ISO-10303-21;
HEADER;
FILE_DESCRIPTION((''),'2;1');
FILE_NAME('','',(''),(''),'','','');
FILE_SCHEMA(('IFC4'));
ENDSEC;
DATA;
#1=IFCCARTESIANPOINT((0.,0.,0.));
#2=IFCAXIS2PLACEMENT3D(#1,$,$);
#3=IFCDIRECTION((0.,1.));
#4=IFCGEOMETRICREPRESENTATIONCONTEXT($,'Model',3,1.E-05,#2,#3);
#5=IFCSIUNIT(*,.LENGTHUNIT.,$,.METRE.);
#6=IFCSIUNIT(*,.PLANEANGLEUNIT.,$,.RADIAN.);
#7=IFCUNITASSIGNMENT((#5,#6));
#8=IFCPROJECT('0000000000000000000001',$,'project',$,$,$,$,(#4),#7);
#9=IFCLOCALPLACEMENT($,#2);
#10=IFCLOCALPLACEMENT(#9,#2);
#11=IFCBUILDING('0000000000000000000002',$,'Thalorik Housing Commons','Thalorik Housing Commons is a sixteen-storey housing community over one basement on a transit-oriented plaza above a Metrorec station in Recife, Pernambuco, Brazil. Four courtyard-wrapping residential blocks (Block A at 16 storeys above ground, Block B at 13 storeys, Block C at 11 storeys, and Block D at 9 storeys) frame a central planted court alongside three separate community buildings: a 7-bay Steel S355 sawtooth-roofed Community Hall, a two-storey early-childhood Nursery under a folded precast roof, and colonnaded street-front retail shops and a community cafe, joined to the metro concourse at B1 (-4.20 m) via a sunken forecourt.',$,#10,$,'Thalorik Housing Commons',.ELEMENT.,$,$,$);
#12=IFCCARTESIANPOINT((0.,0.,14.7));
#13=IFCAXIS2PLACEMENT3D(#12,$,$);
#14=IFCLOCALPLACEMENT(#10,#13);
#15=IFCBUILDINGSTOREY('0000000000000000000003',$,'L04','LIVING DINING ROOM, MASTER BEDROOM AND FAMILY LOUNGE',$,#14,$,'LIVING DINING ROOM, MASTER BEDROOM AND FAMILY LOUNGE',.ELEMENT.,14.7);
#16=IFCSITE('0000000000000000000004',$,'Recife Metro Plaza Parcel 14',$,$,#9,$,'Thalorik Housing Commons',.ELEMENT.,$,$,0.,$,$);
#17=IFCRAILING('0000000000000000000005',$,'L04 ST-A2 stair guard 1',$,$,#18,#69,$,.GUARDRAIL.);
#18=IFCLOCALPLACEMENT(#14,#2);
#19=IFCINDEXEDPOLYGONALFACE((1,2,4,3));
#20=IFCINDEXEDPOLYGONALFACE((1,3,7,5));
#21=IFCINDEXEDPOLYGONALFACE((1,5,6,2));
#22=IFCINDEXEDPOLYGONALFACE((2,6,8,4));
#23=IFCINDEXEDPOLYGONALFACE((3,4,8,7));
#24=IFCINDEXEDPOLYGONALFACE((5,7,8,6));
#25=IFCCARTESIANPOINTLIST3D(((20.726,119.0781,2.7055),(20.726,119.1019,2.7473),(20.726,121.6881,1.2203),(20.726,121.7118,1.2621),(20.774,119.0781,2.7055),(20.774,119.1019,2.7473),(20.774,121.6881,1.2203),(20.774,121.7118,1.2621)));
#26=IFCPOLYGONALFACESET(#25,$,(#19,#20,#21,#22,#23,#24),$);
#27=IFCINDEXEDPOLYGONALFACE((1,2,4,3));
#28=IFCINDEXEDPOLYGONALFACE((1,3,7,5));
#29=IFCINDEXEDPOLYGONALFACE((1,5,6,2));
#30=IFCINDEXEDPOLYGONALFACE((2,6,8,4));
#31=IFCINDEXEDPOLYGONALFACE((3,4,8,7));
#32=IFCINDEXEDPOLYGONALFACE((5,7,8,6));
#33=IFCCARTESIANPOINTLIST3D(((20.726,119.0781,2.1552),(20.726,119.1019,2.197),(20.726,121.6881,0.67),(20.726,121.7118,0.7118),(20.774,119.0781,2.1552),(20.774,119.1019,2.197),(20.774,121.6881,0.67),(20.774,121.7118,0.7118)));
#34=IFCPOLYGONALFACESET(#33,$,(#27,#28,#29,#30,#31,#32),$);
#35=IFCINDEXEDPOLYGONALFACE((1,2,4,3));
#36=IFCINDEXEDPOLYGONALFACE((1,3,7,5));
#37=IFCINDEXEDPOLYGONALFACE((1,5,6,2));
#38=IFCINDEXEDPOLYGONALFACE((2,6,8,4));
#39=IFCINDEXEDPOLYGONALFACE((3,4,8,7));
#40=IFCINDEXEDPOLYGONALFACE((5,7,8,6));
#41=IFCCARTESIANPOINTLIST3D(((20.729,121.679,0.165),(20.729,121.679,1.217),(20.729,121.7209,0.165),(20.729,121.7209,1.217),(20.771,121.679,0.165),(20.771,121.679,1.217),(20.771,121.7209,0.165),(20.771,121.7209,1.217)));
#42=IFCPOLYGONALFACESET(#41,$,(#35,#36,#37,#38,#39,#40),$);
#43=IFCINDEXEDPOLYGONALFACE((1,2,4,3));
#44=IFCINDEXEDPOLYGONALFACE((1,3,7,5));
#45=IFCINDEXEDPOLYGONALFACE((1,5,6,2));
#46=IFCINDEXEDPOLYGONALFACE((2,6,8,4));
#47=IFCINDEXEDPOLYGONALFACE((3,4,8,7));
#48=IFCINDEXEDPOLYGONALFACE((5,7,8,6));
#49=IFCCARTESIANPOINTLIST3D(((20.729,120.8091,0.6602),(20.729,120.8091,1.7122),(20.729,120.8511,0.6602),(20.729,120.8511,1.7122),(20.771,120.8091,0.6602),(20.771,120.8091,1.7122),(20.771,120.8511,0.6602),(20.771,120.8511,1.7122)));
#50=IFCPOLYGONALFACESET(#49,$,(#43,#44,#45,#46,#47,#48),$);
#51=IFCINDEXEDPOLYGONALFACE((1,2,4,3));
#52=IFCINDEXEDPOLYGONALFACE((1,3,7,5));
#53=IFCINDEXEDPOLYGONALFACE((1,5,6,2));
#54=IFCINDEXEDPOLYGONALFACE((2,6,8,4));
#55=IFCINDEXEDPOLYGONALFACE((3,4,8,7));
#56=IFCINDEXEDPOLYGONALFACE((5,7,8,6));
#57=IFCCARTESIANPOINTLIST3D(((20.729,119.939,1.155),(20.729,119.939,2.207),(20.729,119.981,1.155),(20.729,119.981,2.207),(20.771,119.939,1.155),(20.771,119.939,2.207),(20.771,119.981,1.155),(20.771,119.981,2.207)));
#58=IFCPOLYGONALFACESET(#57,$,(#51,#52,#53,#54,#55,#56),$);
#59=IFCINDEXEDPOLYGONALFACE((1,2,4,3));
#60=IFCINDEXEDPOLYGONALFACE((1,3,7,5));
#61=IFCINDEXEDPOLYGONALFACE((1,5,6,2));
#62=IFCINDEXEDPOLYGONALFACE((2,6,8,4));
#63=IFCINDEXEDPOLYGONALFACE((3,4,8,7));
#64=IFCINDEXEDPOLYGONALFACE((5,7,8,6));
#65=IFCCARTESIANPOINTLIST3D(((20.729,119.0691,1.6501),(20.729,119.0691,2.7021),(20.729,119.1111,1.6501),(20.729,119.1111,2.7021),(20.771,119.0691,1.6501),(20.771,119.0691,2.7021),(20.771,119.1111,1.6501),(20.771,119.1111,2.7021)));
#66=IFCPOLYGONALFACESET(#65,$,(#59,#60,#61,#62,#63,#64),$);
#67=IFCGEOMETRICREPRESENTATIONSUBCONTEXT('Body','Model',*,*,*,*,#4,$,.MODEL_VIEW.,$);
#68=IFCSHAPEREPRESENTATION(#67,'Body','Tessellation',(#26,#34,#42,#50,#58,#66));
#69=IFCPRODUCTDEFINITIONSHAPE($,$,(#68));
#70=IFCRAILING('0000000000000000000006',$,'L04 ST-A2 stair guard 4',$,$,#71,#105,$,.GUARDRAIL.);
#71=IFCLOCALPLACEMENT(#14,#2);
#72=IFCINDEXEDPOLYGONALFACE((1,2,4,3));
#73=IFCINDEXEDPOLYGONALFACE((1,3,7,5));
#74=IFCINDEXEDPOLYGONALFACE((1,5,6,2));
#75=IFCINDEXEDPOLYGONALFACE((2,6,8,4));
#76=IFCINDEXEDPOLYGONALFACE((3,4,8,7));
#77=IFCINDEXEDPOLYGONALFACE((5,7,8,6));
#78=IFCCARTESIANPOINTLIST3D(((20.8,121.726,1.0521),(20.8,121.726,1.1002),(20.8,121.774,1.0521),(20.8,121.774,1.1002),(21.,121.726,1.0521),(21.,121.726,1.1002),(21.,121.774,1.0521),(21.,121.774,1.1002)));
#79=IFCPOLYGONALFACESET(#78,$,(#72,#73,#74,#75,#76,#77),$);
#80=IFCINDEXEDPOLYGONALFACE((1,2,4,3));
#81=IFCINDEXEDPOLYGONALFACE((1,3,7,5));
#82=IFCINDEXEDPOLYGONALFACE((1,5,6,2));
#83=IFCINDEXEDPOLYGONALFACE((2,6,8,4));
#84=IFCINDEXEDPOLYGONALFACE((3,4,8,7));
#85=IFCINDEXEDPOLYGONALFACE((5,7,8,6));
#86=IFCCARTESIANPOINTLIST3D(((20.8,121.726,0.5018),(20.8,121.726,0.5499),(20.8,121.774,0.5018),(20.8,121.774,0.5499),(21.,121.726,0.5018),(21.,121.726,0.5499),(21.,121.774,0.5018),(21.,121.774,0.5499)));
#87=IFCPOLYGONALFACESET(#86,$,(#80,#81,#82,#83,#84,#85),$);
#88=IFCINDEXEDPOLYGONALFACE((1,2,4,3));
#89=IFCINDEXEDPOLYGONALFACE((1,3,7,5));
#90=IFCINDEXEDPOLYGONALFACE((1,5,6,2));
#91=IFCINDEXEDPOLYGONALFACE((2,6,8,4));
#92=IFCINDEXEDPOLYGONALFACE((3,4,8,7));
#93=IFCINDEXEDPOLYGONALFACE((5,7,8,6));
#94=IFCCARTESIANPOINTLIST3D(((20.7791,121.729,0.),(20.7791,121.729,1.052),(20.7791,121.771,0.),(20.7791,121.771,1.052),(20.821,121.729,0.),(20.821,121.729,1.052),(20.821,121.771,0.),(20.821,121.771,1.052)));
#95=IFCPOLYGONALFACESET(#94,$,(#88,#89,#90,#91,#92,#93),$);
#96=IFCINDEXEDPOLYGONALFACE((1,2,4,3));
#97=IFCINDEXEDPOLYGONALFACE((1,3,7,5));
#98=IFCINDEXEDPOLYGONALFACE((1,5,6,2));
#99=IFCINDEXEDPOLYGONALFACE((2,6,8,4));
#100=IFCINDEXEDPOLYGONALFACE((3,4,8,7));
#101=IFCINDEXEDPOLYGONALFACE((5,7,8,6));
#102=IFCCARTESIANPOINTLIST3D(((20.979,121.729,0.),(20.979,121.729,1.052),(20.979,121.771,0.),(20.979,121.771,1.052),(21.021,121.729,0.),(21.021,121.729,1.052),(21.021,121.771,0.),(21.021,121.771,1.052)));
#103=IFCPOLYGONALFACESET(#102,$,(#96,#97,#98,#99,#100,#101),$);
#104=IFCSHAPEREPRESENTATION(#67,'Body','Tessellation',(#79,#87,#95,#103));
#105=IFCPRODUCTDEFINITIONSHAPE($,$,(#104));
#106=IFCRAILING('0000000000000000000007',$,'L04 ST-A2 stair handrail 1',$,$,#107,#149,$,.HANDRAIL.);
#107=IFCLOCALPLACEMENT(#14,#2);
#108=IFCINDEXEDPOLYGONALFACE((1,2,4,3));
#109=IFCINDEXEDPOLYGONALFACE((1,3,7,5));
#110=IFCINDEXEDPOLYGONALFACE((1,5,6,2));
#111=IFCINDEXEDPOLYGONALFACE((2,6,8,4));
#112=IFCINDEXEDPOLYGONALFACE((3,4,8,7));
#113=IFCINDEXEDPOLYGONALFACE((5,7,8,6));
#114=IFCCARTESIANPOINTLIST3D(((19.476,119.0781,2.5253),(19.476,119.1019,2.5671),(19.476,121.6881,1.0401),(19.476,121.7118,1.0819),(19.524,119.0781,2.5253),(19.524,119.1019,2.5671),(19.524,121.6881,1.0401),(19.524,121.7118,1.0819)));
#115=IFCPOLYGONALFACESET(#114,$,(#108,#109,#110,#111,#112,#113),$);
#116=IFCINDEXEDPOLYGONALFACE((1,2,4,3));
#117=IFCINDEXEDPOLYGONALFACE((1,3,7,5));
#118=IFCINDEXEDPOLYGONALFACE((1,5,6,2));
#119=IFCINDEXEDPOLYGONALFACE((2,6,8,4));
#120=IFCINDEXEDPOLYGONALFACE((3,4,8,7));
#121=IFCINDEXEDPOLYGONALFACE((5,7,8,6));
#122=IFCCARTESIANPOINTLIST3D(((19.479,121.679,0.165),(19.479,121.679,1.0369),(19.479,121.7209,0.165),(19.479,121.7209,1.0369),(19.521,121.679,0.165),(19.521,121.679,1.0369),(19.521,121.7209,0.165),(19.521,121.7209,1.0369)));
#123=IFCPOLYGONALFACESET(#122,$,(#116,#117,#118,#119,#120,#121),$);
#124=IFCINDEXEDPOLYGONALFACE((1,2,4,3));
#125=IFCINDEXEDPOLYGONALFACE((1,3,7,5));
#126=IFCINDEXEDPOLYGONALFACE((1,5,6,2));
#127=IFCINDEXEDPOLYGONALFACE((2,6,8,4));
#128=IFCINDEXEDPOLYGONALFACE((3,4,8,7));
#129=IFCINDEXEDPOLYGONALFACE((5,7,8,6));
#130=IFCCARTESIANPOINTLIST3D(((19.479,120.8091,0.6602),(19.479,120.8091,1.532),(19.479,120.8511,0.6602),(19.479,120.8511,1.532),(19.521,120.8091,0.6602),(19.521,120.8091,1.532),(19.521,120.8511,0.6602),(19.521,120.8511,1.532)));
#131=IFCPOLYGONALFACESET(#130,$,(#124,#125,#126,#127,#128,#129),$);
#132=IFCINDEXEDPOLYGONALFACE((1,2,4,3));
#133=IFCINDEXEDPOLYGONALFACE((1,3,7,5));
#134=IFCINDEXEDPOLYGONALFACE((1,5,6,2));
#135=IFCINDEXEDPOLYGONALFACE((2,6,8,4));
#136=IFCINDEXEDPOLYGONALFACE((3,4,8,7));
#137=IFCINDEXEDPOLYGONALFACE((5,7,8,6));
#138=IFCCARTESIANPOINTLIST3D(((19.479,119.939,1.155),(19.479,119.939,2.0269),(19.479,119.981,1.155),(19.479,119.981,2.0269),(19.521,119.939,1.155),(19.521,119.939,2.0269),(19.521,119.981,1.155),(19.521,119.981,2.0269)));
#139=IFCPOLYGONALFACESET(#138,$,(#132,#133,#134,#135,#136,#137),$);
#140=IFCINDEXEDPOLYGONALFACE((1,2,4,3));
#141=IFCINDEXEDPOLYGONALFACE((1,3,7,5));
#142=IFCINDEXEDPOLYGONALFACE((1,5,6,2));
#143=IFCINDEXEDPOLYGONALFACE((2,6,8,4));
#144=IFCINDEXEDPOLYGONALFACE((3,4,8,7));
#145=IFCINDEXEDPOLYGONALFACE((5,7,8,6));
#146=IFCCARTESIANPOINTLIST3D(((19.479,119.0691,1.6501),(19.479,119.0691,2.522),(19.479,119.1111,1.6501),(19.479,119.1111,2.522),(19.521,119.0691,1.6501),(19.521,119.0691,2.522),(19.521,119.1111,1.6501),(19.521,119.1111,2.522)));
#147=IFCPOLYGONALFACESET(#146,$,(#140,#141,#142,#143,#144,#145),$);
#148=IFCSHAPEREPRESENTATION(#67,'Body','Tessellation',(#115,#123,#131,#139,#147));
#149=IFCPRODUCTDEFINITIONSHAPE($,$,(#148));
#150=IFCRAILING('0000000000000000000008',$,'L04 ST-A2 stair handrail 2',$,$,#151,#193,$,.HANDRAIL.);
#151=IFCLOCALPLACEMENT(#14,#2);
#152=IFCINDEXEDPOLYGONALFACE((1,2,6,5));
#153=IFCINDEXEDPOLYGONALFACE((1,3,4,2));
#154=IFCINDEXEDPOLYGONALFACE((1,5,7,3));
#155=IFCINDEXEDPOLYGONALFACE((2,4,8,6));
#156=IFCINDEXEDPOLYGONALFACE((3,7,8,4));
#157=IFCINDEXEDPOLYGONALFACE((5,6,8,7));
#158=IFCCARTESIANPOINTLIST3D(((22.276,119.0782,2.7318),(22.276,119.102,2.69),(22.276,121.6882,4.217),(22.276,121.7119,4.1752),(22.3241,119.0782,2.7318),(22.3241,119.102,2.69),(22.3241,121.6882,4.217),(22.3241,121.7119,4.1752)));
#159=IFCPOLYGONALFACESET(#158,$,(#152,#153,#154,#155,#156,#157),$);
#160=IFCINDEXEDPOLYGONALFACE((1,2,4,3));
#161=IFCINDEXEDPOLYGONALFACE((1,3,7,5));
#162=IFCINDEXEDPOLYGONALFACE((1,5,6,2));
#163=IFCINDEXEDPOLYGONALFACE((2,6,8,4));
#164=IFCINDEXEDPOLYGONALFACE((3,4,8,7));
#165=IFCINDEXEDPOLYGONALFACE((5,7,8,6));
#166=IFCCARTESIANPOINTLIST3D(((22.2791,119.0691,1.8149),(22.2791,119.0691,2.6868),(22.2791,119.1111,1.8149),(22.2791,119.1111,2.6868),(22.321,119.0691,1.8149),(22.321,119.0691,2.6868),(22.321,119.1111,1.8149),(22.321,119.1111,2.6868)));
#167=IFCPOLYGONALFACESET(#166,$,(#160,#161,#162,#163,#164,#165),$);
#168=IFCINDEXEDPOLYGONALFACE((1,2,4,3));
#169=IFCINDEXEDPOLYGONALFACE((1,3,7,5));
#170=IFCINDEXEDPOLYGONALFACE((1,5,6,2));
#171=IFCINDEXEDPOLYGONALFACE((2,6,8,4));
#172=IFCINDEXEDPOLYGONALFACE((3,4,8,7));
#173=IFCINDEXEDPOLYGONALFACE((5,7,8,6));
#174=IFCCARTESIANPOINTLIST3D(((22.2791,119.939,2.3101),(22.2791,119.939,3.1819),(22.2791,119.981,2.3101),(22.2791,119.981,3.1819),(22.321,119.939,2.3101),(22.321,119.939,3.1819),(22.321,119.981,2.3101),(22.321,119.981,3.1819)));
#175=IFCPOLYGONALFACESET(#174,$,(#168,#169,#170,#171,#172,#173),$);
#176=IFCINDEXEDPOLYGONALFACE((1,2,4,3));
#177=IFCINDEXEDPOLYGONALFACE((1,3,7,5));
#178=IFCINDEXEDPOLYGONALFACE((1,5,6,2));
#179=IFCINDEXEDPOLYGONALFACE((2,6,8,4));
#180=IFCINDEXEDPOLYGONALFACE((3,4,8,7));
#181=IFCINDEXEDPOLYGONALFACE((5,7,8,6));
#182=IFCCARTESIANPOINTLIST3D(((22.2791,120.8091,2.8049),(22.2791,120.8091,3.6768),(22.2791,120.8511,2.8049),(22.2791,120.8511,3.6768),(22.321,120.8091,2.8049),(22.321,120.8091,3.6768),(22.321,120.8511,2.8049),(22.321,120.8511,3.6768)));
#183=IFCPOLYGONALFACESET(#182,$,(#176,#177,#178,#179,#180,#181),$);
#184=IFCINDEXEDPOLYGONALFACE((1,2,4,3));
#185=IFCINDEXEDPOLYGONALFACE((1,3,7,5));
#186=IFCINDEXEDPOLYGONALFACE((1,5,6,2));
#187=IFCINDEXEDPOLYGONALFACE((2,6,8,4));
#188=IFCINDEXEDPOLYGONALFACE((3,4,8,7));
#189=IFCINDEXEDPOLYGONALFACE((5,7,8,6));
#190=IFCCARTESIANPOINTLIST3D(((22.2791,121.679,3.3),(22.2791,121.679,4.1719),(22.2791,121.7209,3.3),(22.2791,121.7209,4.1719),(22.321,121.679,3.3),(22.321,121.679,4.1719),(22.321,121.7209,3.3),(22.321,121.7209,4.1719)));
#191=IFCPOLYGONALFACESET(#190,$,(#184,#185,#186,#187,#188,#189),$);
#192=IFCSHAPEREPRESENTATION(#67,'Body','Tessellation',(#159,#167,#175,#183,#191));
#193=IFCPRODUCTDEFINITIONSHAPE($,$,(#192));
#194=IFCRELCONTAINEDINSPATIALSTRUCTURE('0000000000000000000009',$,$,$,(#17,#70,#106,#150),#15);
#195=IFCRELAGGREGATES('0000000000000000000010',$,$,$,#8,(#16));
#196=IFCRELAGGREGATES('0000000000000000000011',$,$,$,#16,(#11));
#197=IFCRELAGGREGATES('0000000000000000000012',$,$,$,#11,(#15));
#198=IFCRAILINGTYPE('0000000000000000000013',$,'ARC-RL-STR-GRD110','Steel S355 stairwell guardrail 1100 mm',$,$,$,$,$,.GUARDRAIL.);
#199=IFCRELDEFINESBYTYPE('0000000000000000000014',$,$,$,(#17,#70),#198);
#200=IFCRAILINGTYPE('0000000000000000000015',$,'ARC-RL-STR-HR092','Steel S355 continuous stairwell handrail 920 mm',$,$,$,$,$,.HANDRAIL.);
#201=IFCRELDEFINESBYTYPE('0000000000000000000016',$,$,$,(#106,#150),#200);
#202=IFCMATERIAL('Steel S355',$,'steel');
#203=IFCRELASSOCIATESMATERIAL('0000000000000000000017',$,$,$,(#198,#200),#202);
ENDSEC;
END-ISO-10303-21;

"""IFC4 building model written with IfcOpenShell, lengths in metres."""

from ifc_helpers import new_model, si_unit, direction, frame, origin, origin_2d, place, context, subcontext, project, spatial, rectangle, extrude, material, type_object, element, save


model = new_model("IFC4")

# Units and contexts
model_context = context("Model", 3, precision=1e-05, world=origin(), true_north=direction((0.0, 1.0)))
body_context = subcontext(model_context, "Body", "Model", "MODEL_VIEW")
ifc_project = project(units=[si_unit("LENGTHUNIT", "METRE"), si_unit("PLANEANGLEUNIT", "RADIAN")], contexts=[model_context])

# Site, building, storey
site_placement = place(None, origin())
site = spatial("IfcSite", under=ifc_project, at=site_placement, Name="Recife Metro Plaza Parcel 14", LongName="Thalorik Housing Commons", CompositionType="ELEMENT", RefElevation=0.0)
building_placement = place(site_placement, origin())
building = spatial("IfcBuilding", under=site, at=building_placement, Name="Thalorik Housing Commons", Description="Thalorik Housing Commons is a sixteen-storey housing community over one basement on a transit-oriented plaza above a Metrorec station in Recife, Pernambuco, Brazil. Four courtyard-wrapping residential blocks (Block A at 16 storeys above ground, Block B at 13 storeys, Block C at 11 storeys, and Block D at 9 storeys) frame a central planted court alongside three separate community buildings: a 7-bay Steel S355 sawtooth-roofed Community Hall, a two-storey early-childhood Nursery under a folded precast roof, and colonnaded street-front retail shops and a community cafe, joined to the metro concourse at B1 (-4.20 m) via a sunken forecourt.", LongName="Thalorik Housing Commons", CompositionType="ELEMENT")
storey_placement = place(building_placement, frame((0.0, 0.0, 14.7)))
storey = spatial("IfcBuildingStorey", under=building, at=storey_placement, Name="L04", Description="LIVING DINING ROOM, MASTER BEDROOM AND FAMILY LOUNGE", LongName="LIVING DINING ROOM, MASTER BEDROOM AND FAMILY LOUNGE", CompositionType="ELEMENT", Elevation=14.7)

# Shared definitions
ifc_material_1 = material(Name="Steel S355", Category="steel")

# Railings
railing_type_1 = type_object("IfcRailingType", Name="ARC-RL-STR-GRD110", Description="Steel S355 stairwell guardrail 1100 mm", PredefinedType="GUARDRAIL", material=ifc_material_1)
railing_1_placement = place(storey_placement, frame((20.75, 121.7, 0.165)))
element("IfcRailing", 1, at=railing_1_placement, inside=storey, type_object=railing_type_1, Name="L04 ST-A2 stair guard 1", PredefinedType="GUARDRAIL", context=body_context, shape_type="SweptSolid", body=[
    extrude(rectangle(XDim=0.0481, YDim=0.0481, at=origin_2d()), frame((0.0, 0.0, 1.0762), z_axis=(0.0, -0.869137, 0.494571), x_axis=(1.0, 0.0, 0.0)), (0.0, 0.0, 1.0), 3.0029),
    extrude(rectangle(XDim=0.0481, YDim=0.0481, at=origin_2d()), frame((0.0, 0.0, 0.5259), z_axis=(0.0, -0.869137, 0.494571), x_axis=(1.0, 0.0, 0.0)), (0.0, 0.0, 1.0), 3.0029),
    extrude(rectangle(XDim=0.042, YDim=0.042, at=origin_2d()), origin(), (0.0, 0.0, 1.0), 1.052),
    extrude(rectangle(XDim=0.042, YDim=0.042, at=origin_2d()), frame((0.0, -0.8699, 0.4951)), (0.0, 0.0, 1.0), 1.052),
    extrude(rectangle(XDim=0.042, YDim=0.042, at=origin_2d()), frame((0.0, -1.74, 0.99)), (0.0, 0.0, 1.0), 1.052),
    extrude(rectangle(XDim=0.042, YDim=0.042, at=origin_2d()), frame((0.0, -2.6099, 1.4851)), (0.0, 0.0, 1.0), 1.052),
])
railing_2_placement = place(storey_placement, frame((20.8, 121.75, 0.0)))
element("IfcRailing", 2, at=railing_2_placement, inside=storey, type_object=railing_type_1, Name="L04 ST-A2 stair guard 4", PredefinedType="GUARDRAIL", context=body_context, shape_type="SweptSolid", body=[
    extrude(rectangle(XDim=0.0481, YDim=0.0481, at=origin_2d()), frame((0.0, 0.0, 1.0762), z_axis=(1.0, 0.0, 0.0), x_axis=(0.0, 1.0, 0.0)), (0.0, 0.0, 1.0), 0.2),
    extrude(rectangle(XDim=0.0481, YDim=0.0481, at=origin_2d()), frame((0.0, 0.0, 0.5259), z_axis=(1.0, 0.0, 0.0), x_axis=(0.0, 1.0, 0.0)), (0.0, 0.0, 1.0), 0.2),
    extrude(rectangle(XDim=0.042, YDim=0.042, at=origin_2d()), origin(), (0.0, 0.0, 1.0), 1.052),
    extrude(rectangle(XDim=0.042, YDim=0.042, at=origin_2d()), frame((0.2, 0.0, 0.0)), (0.0, 0.0, 1.0), 1.052),
])
railing_type_2 = type_object("IfcRailingType", Name="ARC-RL-STR-HR092", Description="Steel S355 continuous stairwell handrail 920 mm", PredefinedType="HANDRAIL", material=ifc_material_1)
railing_3_placement = place(storey_placement, frame((19.5, 121.7, 0.165)))
element("IfcRailing", 3, at=railing_3_placement, inside=storey, type_object=railing_type_2, Name="L04 ST-A2 stair handrail 1", PredefinedType="HANDRAIL", context=body_context, shape_type="SweptSolid", body=[
    extrude(rectangle(XDim=0.0481, YDim=0.0481, at=origin_2d()), frame((0.0, 0.0, 0.896), z_axis=(0.0, -0.869137, 0.494571), x_axis=(1.0, 0.0, 0.0)), (0.0, 0.0, 1.0), 3.0029),
    extrude(rectangle(XDim=0.042, YDim=0.042, at=origin_2d()), origin(), (0.0, 0.0, 1.0), 0.8718),
    extrude(rectangle(XDim=0.042, YDim=0.042, at=origin_2d()), frame((0.0, -0.8699, 0.4951)), (0.0, 0.0, 1.0), 0.8718),
    extrude(rectangle(XDim=0.042, YDim=0.042, at=origin_2d()), frame((0.0, -1.74, 0.99)), (0.0, 0.0, 1.0), 0.8718),
    extrude(rectangle(XDim=0.042, YDim=0.042, at=origin_2d()), frame((0.0, -2.6099, 1.4851)), (0.0, 0.0, 1.0), 0.8718),
])
railing_4_placement = place(storey_placement, frame((22.3, 119.0901, 1.8149)))
element("IfcRailing", 4, at=railing_4_placement, inside=storey, type_object=railing_type_2, Name="L04 ST-A2 stair handrail 2", PredefinedType="HANDRAIL", context=body_context, shape_type="SweptSolid", body=[
    extrude(rectangle(XDim=0.0481, YDim=0.0481, at=origin_2d()), frame((0.0, 0.0, 0.896), z_axis=(0.0, 0.869137, 0.494571), x_axis=(-1.0, 0.0, 0.0)), (0.0, 0.0, 1.0), 3.0029),
    extrude(rectangle(XDim=0.042, YDim=0.042, at=origin_2d()), origin(), (0.0, 0.0, 1.0), 0.8718),
    extrude(rectangle(XDim=0.042, YDim=0.042, at=origin_2d()), frame((0.0, 0.8699, 0.4951)), (0.0, 0.0, 1.0), 0.8718),
    extrude(rectangle(XDim=0.042, YDim=0.042, at=origin_2d()), frame((0.0, 1.74, 0.99)), (0.0, 0.0, 1.0), 0.8718),
    extrude(rectangle(XDim=0.042, YDim=0.042, at=origin_2d()), frame((0.0, 2.6099, 1.4851)), (0.0, 0.0, 1.0), 0.8718),
])

save(model, "model.ifc")
